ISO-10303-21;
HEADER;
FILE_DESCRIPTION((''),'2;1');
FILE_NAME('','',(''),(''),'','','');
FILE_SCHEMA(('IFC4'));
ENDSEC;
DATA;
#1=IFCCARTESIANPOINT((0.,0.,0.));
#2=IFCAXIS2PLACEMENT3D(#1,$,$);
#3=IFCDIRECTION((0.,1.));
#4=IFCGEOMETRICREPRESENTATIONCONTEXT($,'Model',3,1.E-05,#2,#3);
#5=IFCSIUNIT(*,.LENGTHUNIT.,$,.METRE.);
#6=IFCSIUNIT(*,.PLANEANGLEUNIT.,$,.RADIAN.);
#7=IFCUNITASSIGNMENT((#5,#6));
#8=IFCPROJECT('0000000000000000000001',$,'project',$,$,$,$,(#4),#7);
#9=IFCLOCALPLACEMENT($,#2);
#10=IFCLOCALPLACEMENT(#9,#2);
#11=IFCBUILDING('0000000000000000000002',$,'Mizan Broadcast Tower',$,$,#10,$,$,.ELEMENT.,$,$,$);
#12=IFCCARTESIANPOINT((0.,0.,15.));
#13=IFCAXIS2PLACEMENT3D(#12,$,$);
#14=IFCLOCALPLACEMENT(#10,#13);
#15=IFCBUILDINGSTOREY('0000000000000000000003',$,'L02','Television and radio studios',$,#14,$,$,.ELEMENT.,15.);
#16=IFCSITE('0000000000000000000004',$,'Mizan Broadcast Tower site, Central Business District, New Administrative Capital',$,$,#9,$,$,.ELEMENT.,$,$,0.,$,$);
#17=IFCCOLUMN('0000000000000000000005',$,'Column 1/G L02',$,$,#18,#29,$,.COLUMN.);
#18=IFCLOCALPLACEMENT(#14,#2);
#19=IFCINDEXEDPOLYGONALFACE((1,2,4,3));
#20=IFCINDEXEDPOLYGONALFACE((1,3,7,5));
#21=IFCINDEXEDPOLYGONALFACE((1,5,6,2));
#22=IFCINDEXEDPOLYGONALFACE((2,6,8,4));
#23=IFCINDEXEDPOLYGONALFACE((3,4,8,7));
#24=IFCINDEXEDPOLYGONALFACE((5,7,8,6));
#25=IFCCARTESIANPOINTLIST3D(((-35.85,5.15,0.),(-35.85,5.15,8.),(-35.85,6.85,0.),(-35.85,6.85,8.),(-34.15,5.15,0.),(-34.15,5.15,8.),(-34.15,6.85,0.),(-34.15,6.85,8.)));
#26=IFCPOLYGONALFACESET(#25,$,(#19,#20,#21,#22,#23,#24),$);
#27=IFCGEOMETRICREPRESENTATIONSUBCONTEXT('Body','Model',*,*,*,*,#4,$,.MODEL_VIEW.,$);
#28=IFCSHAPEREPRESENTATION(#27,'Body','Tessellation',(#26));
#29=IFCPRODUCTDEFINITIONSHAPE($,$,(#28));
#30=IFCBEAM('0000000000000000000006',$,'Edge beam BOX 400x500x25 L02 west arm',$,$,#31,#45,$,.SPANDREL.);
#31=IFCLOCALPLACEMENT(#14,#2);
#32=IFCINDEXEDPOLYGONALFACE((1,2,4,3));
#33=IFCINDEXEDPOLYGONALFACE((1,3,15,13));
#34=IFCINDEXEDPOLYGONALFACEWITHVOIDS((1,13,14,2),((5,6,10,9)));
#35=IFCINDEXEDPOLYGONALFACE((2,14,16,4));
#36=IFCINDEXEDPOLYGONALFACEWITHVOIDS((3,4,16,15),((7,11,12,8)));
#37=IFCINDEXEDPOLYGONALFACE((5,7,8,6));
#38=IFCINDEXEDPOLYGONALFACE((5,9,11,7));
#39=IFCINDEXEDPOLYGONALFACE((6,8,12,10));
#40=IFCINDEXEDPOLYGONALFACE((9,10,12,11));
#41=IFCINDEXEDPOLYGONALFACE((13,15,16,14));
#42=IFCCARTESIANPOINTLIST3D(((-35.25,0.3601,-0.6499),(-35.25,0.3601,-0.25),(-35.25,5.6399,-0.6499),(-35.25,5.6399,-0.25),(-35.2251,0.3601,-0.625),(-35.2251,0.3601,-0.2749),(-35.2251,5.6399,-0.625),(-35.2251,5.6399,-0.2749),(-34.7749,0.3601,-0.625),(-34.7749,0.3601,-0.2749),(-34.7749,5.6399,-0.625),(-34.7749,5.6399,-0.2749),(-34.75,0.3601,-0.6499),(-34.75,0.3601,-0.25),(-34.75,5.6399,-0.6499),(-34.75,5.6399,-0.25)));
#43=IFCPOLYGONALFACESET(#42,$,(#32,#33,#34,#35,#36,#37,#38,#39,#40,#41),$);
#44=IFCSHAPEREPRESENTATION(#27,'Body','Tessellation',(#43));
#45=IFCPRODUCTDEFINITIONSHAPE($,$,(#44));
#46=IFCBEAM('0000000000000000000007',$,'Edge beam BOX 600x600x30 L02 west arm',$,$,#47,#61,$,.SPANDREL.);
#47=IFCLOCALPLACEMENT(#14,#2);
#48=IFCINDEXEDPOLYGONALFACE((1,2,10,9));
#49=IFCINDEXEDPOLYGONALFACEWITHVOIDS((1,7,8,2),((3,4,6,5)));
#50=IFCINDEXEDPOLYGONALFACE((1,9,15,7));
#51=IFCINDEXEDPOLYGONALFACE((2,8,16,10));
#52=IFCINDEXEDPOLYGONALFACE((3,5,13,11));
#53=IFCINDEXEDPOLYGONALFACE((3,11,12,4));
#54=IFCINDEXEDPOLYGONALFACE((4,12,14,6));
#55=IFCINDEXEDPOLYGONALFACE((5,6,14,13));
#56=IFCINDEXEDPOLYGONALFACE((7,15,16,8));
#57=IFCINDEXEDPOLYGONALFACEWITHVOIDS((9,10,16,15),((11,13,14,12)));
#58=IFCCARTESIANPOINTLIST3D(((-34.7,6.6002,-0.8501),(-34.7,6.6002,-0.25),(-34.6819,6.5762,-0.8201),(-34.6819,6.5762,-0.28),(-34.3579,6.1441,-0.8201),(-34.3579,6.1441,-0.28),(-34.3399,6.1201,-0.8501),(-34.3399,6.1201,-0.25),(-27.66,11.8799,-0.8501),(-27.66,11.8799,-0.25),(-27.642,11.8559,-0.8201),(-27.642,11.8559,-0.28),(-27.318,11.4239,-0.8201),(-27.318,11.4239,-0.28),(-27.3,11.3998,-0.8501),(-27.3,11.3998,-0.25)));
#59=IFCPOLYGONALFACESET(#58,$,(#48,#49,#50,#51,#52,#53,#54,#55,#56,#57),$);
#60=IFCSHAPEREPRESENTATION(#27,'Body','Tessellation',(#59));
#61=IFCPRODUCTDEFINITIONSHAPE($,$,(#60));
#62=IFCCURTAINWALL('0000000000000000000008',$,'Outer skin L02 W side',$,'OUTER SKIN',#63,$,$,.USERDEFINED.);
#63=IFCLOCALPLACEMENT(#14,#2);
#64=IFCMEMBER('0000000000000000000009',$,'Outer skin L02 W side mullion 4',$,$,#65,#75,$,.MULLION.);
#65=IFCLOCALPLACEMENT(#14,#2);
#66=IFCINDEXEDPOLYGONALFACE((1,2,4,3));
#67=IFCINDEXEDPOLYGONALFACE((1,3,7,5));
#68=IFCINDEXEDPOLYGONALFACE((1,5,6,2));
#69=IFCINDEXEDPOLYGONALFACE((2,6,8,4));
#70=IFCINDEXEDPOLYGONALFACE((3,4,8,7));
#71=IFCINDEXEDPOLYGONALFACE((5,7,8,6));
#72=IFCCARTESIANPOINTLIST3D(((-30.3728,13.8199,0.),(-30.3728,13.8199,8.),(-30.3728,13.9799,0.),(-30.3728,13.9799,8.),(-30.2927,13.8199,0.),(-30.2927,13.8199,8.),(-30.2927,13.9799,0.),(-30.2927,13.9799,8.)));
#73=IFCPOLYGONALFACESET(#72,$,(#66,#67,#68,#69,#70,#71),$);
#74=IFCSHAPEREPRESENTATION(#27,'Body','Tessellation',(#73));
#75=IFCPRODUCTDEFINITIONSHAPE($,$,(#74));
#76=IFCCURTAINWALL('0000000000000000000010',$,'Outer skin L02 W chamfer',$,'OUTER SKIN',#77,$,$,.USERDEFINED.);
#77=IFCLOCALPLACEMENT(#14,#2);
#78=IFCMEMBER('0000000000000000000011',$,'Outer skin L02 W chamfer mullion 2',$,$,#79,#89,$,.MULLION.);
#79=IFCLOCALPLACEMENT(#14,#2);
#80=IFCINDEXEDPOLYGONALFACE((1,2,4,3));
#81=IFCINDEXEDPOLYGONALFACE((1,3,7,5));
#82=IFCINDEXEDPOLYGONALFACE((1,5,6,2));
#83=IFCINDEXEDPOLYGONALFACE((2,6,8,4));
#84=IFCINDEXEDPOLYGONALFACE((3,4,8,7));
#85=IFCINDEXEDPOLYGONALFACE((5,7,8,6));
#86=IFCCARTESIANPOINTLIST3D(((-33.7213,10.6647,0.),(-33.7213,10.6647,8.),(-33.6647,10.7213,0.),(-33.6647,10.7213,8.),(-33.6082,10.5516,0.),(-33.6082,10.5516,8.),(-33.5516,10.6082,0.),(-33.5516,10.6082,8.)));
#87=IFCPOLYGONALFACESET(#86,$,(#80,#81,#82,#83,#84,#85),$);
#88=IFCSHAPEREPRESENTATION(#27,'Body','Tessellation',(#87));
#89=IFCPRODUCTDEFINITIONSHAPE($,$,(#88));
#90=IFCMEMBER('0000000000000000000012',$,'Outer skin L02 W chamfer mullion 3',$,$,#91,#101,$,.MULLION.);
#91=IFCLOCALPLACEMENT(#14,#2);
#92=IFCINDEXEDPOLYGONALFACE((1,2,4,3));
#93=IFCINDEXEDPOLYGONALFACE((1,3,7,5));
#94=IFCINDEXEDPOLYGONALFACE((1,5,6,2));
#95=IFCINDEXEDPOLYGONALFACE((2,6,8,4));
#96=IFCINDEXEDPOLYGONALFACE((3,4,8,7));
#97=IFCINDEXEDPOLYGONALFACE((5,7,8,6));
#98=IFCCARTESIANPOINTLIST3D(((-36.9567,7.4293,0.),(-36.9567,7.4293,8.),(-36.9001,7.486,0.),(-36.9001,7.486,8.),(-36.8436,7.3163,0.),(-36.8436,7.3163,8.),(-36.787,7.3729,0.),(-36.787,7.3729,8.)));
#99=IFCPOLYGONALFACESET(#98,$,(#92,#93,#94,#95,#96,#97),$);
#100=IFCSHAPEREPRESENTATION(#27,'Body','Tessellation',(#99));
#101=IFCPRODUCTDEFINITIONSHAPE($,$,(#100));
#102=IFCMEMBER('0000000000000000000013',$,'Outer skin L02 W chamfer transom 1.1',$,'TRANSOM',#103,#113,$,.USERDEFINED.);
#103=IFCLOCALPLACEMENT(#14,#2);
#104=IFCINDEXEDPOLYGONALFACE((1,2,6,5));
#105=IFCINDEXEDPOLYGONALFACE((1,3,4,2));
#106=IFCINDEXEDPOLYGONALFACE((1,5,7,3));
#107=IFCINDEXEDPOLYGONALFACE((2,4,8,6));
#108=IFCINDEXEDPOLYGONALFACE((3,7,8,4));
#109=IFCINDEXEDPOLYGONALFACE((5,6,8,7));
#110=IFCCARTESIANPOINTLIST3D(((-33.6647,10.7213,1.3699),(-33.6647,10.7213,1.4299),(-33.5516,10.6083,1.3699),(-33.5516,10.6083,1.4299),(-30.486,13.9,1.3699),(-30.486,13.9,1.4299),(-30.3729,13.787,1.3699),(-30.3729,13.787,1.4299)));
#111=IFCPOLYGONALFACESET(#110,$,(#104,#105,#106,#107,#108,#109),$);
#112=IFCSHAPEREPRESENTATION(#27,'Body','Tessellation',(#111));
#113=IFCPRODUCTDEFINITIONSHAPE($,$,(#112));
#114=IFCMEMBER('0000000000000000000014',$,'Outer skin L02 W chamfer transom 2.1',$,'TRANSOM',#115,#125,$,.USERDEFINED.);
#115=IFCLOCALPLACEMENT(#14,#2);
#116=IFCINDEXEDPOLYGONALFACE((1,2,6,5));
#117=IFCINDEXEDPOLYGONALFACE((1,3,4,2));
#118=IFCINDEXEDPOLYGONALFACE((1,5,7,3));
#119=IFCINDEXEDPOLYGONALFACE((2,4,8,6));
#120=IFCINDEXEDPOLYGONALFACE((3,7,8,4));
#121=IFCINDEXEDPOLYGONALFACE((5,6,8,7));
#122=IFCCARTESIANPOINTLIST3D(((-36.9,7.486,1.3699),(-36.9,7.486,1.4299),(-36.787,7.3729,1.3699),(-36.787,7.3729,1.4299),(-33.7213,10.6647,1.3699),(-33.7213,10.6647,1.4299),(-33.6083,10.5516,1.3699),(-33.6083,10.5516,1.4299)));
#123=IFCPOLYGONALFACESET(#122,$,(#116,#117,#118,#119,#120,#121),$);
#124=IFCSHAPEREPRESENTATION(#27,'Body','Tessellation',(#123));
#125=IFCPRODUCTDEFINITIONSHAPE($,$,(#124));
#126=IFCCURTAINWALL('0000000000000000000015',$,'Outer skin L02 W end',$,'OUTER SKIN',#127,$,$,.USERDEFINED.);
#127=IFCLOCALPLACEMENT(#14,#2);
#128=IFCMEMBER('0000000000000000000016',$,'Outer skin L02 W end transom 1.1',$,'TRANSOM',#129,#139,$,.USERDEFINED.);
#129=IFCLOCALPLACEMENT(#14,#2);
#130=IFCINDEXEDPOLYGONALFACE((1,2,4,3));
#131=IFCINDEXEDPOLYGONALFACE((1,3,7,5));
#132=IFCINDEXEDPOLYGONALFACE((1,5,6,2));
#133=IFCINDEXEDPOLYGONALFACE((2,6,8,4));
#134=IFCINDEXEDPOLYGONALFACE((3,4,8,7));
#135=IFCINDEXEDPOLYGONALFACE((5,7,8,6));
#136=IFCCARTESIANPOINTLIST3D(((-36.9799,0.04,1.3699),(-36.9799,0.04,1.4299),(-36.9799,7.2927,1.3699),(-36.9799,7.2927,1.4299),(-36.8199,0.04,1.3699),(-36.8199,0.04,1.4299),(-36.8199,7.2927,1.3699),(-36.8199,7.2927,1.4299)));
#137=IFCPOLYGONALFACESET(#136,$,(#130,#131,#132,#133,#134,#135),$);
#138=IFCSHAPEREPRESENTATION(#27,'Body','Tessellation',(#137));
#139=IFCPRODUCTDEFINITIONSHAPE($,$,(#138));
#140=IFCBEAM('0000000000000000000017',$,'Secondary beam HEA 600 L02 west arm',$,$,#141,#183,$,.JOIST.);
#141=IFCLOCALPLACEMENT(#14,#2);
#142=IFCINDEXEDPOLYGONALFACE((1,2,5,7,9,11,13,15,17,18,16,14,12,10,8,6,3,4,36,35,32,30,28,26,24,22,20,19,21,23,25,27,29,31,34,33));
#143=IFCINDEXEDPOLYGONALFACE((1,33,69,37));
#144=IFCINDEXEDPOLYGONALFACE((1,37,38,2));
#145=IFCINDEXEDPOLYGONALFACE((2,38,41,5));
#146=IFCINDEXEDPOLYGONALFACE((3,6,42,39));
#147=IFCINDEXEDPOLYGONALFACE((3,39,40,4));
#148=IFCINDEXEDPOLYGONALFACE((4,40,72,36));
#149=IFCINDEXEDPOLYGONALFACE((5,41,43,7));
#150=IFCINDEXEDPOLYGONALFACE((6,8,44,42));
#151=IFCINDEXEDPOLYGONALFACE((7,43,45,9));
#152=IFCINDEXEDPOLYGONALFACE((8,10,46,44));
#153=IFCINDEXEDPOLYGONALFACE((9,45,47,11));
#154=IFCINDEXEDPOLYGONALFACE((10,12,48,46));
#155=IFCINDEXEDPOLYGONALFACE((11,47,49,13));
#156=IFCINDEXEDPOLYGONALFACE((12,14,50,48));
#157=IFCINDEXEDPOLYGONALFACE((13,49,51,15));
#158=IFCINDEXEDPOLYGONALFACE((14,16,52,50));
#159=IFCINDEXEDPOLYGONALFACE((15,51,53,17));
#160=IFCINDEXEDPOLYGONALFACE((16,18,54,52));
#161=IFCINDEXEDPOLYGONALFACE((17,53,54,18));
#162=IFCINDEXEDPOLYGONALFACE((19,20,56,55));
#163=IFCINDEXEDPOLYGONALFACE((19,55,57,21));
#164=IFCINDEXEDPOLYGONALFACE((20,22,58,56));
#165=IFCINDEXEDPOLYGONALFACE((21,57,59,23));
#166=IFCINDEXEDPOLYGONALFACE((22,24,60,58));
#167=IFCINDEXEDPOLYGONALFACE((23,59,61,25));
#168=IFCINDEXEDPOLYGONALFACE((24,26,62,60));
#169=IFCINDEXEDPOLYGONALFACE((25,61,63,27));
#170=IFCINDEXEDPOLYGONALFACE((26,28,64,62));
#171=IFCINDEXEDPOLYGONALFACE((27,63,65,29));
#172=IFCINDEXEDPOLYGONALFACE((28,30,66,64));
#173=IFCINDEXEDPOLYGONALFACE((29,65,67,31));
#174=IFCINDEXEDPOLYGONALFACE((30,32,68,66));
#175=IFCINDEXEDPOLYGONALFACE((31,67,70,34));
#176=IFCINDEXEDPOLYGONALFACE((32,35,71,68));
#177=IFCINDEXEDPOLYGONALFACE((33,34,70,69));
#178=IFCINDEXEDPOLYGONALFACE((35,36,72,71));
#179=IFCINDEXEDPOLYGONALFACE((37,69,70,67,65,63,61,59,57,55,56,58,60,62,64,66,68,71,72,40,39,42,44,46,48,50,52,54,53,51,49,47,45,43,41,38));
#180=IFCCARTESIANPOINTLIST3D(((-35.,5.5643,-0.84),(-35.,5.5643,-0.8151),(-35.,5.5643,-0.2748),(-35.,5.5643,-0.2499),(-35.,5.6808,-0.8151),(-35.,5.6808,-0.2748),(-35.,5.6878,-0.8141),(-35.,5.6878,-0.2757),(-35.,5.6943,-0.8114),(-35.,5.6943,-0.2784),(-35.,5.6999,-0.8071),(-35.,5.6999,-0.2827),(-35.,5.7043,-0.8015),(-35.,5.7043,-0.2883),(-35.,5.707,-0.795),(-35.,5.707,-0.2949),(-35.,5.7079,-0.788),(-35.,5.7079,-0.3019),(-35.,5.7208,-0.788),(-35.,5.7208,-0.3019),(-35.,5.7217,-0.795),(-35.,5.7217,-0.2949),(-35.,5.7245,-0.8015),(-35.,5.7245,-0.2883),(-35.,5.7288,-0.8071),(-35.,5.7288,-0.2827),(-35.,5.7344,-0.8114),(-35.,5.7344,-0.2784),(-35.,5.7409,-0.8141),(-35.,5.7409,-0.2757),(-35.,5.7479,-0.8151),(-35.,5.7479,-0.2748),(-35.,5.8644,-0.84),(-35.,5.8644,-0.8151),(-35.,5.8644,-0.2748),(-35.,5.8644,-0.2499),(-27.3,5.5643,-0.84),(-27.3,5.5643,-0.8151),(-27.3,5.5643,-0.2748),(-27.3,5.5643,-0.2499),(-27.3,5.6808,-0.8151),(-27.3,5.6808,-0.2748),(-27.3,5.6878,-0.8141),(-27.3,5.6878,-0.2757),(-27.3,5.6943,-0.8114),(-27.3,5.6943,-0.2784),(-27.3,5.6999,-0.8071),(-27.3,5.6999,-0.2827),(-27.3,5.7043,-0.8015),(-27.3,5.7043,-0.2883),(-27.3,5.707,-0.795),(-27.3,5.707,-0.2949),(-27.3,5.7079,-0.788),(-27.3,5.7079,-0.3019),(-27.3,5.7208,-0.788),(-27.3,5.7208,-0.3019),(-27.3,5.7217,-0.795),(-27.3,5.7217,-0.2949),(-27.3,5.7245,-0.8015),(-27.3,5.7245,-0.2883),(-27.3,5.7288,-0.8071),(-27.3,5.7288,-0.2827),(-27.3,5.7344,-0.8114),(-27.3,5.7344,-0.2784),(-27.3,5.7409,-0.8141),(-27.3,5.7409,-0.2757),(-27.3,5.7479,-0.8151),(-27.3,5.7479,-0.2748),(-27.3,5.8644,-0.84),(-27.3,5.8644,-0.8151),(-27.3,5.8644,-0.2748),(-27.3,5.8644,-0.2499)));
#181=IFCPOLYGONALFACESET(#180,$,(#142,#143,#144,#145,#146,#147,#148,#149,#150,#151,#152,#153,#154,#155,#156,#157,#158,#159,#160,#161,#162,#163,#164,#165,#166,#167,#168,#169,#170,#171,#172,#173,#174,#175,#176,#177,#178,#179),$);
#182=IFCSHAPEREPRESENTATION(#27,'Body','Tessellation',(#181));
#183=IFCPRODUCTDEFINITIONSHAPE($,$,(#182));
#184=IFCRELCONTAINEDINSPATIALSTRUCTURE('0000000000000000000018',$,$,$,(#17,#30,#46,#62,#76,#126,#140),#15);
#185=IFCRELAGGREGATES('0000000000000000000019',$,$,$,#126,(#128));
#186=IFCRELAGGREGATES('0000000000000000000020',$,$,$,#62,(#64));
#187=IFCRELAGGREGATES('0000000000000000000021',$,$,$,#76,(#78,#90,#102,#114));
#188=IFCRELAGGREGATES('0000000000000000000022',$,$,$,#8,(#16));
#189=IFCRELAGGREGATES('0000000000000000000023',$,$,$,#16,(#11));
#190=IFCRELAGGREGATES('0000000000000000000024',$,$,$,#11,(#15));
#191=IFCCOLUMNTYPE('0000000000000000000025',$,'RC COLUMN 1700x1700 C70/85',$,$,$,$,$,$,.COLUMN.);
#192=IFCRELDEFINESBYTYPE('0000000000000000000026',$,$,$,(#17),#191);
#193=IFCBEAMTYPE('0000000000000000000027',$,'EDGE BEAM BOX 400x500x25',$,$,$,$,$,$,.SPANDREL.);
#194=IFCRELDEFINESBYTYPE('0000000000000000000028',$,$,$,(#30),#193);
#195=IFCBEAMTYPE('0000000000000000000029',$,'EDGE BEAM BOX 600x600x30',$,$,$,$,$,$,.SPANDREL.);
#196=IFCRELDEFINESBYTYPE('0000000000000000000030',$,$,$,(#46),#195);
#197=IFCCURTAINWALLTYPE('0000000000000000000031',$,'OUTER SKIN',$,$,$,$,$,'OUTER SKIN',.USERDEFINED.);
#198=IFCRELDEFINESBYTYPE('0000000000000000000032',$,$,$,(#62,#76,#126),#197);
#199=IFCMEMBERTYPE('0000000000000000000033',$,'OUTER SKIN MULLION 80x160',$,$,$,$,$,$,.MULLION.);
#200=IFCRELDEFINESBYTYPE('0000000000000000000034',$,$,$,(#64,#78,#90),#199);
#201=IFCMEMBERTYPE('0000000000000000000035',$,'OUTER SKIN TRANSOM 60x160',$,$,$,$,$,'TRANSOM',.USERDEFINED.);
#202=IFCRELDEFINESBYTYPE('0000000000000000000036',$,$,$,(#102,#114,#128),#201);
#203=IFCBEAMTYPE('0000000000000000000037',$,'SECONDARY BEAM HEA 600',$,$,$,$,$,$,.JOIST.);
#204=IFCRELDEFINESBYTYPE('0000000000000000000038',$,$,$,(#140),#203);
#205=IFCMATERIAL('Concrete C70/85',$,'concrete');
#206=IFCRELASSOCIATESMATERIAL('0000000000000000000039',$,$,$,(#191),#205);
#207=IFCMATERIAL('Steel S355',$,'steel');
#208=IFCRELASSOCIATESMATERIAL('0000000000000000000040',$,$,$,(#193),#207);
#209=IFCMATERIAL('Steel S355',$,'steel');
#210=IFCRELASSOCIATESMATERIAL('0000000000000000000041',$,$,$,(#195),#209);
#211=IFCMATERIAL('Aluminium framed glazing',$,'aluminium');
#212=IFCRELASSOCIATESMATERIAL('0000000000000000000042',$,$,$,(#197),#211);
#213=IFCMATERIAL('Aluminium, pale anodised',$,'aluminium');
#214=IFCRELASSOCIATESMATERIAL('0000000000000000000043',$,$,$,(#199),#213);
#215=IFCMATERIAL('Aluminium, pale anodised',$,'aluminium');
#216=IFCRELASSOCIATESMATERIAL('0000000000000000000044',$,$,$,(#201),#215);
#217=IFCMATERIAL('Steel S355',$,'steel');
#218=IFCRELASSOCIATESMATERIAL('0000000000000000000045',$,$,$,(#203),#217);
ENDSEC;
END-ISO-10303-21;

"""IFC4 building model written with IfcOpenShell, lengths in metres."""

from ifc_helpers import new_model, si_unit, direction, frame, origin, origin_2d, place, context, subcontext, project, spatial, rectangle, hollow_rectangle, i_section, extrude, material, material_profile, profile_set, type_object, element, aggregate, save


model = new_model("IFC4")

# Units and contexts
model_context = context("Model", 3, precision=1e-05, world=origin(), true_north=direction((0.0, 1.0)))
body_context = subcontext(model_context, "Body", "Model", "MODEL_VIEW")
ifc_project = project(units=[si_unit("LENGTHUNIT", "METRE"), si_unit("PLANEANGLEUNIT", "RADIAN")], contexts=[model_context])

# Site, building, storey
site_placement = place(None, origin())
site = spatial("IfcSite", under=ifc_project, at=site_placement, Name="Mizan Broadcast Tower site, Central Business District, New Administrative Capital", CompositionType="ELEMENT", RefElevation=0.0)
building_placement = place(site_placement, origin())
building = spatial("IfcBuilding", under=site, at=building_placement, Name="Mizan Broadcast Tower", CompositionType="ELEMENT")
storey_placement = place(building_placement, frame((0.0, 0.0, 15.0)))
storey = spatial("IfcBuildingStorey", under=building, at=storey_placement, Name="L02", Description="Television and radio studios", CompositionType="ELEMENT", Elevation=15.0)

# Column
ifc_material_1 = material(Name="Concrete C70/85", Category="concrete")
ifc_material_profile_1 = material_profile(ifc_material_1, rectangle(XDim=1.7, YDim=1.7, at=origin_2d()), Name="RC 1700x1700")
ifc_profile_set_1 = profile_set([ifc_material_profile_1], Name="Concrete C70/85")
column_type = type_object("IfcColumnType", Name="RC COLUMN 1700x1700 C70/85", PredefinedType="COLUMN", material=ifc_profile_set_1)
column_placement = place(storey_placement, frame((-35.0, 6.0, 0.0), z_axis=(0.0, 0.0, 1.0), x_axis=(1.0, 0.0, 0.0)))
element("IfcColumn", 1, at=column_placement, inside=storey, type_object=column_type, Name="Column 1/G L02", PredefinedType="COLUMN", context=body_context, shape_type="SweptSolid", body=[
    extrude(rectangle(XDim=1.7, YDim=1.7, at=origin_2d()), origin(), (0.0, 0.0, 1.0), 8.0),
])

# Beams
ifc_material_2 = material(Name="Steel S355", Category="steel")
ifc_material_profile_2 = material_profile(ifc_material_2, hollow_rectangle(XDim=0.5, YDim=0.3999, WallThickness=0.0249, at=origin_2d()), Name="BOX 400x500x25")
ifc_profile_set_2 = profile_set([ifc_material_profile_2], Name="Steel S355")
beam_type_1 = type_object("IfcBeamType", Name="EDGE BEAM BOX 400x500x25", PredefinedType="SPANDREL", material=ifc_profile_set_2)
beam_1_placement = place(storey_placement, frame((-35.0, 5.6399, -0.45), z_axis=(0.0, -1.0, 0.0), x_axis=(1.0, 0.0, 0.0)))
element("IfcBeam", 2, at=beam_1_placement, inside=storey, type_object=beam_type_1, Name="Edge beam BOX 400x500x25 L02 west arm", PredefinedType="SPANDREL", context=body_context, shape_type="SweptSolid", body=[
    extrude(hollow_rectangle(XDim=0.5, YDim=0.3999, WallThickness=0.0249, at=origin_2d()), origin(), (0.0, 0.0, 1.0), 5.2798),
])
ifc_material_3 = material(Name="Steel S355", Category="steel")
ifc_material_profile_3 = material_profile(ifc_material_3, hollow_rectangle(XDim=0.6001, YDim=0.6001, WallThickness=0.03, at=origin_2d()), Name="BOX 600x600x30")
ifc_profile_set_3 = profile_set([ifc_material_profile_3], Name="Steel S355")
beam_type_2 = type_object("IfcBeamType", Name="EDGE BEAM BOX 600x600x30", PredefinedType="SPANDREL", material=ifc_profile_set_3)
beam_2_placement = place(storey_placement, frame((-27.48, 11.6399, -0.55), z_axis=(-0.800013, -0.599982, 0.0), x_axis=(0.599982, -0.800013, 0.0)))
element("IfcBeam", 3, at=beam_2_placement, inside=storey, type_object=beam_type_2, Name="Edge beam BOX 600x600x30 L02 west arm", PredefinedType="SPANDREL", context=body_context, shape_type="SweptSolid", body=[
    extrude(hollow_rectangle(XDim=0.6001, YDim=0.6001, WallThickness=0.03, at=origin_2d()), origin(), (0.0, 0.0, 1.0), 8.7998),
])

# Curtain wall, member
ifc_material_4 = material(Name="Aluminium framed glazing", Category="aluminium")
curtain_wall_type = type_object("IfcCurtainWallType", Name="OUTER SKIN", ElementType="OUTER SKIN", PredefinedType="USERDEFINED", material=ifc_material_4)
curtain_wall_1_placement = place(storey_placement, origin())
curtain_wall_1 = element("IfcCurtainWall", 4, at=curtain_wall_1_placement, inside=storey, type_object=curtain_wall_type, Name="Outer skin L02 W side", ObjectType="OUTER SKIN", PredefinedType="USERDEFINED")
ifc_material_5 = material(Name="Aluminium, pale anodised", Category="aluminium")
ifc_material_profile_4 = material_profile(ifc_material_5, rectangle(XDim=0.1599, YDim=0.0801, at=origin_2d()), Name="MULLION 160x80")
ifc_profile_set_4 = profile_set([ifc_material_profile_4], Name="Aluminium, pale anodised")
member_type_1 = type_object("IfcMemberType", Name="OUTER SKIN MULLION 80x160", PredefinedType="MULLION", material=ifc_profile_set_4)
member_1_placement = place(storey_placement, frame((-30.3328, 13.8999, 0.0), z_axis=(0.0, 0.0, 1.0), x_axis=(0.0, -1.0, 0.0)))
member_1 = element("IfcMember", 5, at=member_1_placement, type_object=member_type_1, Name="Outer skin L02 W side mullion 4", PredefinedType="MULLION", context=body_context, shape_type="SweptSolid", body=[
    extrude(rectangle(XDim=0.1599, YDim=0.0801, at=origin_2d()), origin(), (0.0, 0.0, 1.0), 8.0),
])

# Curtain wall, members
curtain_wall_2_placement = place(storey_placement, origin())
curtain_wall_2 = element("IfcCurtainWall", 6, at=curtain_wall_2_placement, inside=storey, type_object=curtain_wall_type, Name="Outer skin L02 W chamfer", ObjectType="OUTER SKIN", PredefinedType="USERDEFINED")
member_2_placement = place(storey_placement, frame((-33.6365, 10.6365, 0.0), z_axis=(0.0, 0.0, 1.0), x_axis=(0.707107, -0.707107, 0.0)))
member_2 = element("IfcMember", 7, at=member_2_placement, type_object=member_type_1, Name="Outer skin L02 W chamfer mullion 2", PredefinedType="MULLION", context=body_context, shape_type="SweptSolid", body=[
    extrude(rectangle(XDim=0.1599, YDim=0.0801, at=origin_2d()), origin(), (0.0, 0.0, 1.0), 8.0),
])
member_3_placement = place(storey_placement, frame((-36.8718, 7.4011, 0.0), z_axis=(0.0, 0.0, 1.0), x_axis=(0.707107, -0.707107, 0.0)))
member_3 = element("IfcMember", 8, at=member_3_placement, type_object=member_type_1, Name="Outer skin L02 W chamfer mullion 3", PredefinedType="MULLION", context=body_context, shape_type="SweptSolid", body=[
    extrude(rectangle(XDim=0.1599, YDim=0.0801, at=origin_2d()), origin(), (0.0, 0.0, 1.0), 8.0),
])
ifc_material_6 = material(Name="Aluminium, pale anodised", Category="aluminium")
ifc_material_profile_5 = material_profile(ifc_material_6, rectangle(XDim=0.1599, YDim=0.0601, at=origin_2d()), Name="TRANSOM 160x60")
ifc_profile_set_5 = profile_set([ifc_material_profile_5], Name="Aluminium, pale anodised")
member_type_2 = type_object("IfcMemberType", Name="OUTER SKIN TRANSOM 60x160", ElementType="TRANSOM", PredefinedType="USERDEFINED", material=ifc_profile_set_5)
member_4_placement = place(storey_placement, frame((-30.4294, 13.8435, 1.3999), z_axis=(-0.707107, -0.707107, 0.0), x_axis=(0.707107, -0.707107, 0.0)))
member_4 = element("IfcMember", 9, at=member_4_placement, type_object=member_type_2, Name="Outer skin L02 W chamfer transom 1.1", ObjectType="TRANSOM", PredefinedType="USERDEFINED", context=body_context, shape_type="SweptSolid", body=[
    extrude(rectangle(XDim=0.1599, YDim=0.0601, at=origin_2d()), origin(), (0.0, 0.0, 1.0), 4.4954),
])
member_5_placement = place(storey_placement, frame((-33.6648, 10.6082, 1.3999), z_axis=(-0.707107, -0.707107, 0.0), x_axis=(0.707107, -0.707107, 0.0)))
member_5 = element("IfcMember", 10, at=member_5_placement, type_object=member_type_2, Name="Outer skin L02 W chamfer transom 2.1", ObjectType="TRANSOM", PredefinedType="USERDEFINED", context=body_context, shape_type="SweptSolid", body=[
    extrude(rectangle(XDim=0.1599, YDim=0.0601, at=origin_2d()), origin(), (0.0, 0.0, 1.0), 4.4954),
])

# Curtain wall, member
curtain_wall_3_placement = place(storey_placement, origin())
curtain_wall_3 = element("IfcCurtainWall", 11, at=curtain_wall_3_placement, inside=storey, type_object=curtain_wall_type, Name="Outer skin L02 W end", ObjectType="OUTER SKIN", PredefinedType="USERDEFINED")
member_6_placement = place(storey_placement, frame((-36.8999, 7.2927, 1.3999), z_axis=(0.0, -1.0, 0.0), x_axis=(1.0, 0.0, 0.0)))
member_6 = element("IfcMember", 12, at=member_6_placement, type_object=member_type_2, Name="Outer skin L02 W end transom 1.1", ObjectType="TRANSOM", PredefinedType="USERDEFINED", context=body_context, shape_type="SweptSolid", body=[
    extrude(rectangle(XDim=0.1599, YDim=0.0601, at=origin_2d()), origin(), (0.0, 0.0, 1.0), 7.2527),
])
aggregate(curtain_wall_3, [member_6])

# Beam
ifc_material_7 = material(Name="Steel S355", Category="steel")
ifc_material_profile_6 = material_profile(ifc_material_7, i_section(OverallWidth=0.3, OverallDepth=0.5901, WebThickness=0.0129, FlangeThickness=0.0249, FilletRadius=0.0271, at=origin_2d()), Name="HEA 600")
ifc_profile_set_6 = profile_set([ifc_material_profile_6], Name="Steel S355")
beam_type_3 = type_object("IfcBeamType", Name="SECONDARY BEAM HEA 600", PredefinedType="JOIST", material=ifc_profile_set_6)
beam_3_placement = place(storey_placement, frame((-27.3, 5.7144, -0.5449), z_axis=(-1.0, 0.0, 0.0), x_axis=(0.0, -1.0, 0.0)))
element("IfcBeam", 13, at=beam_3_placement, inside=storey, type_object=beam_type_3, Name="Secondary beam HEA 600 L02 west arm", PredefinedType="JOIST", context=body_context, shape_type="SweptSolid", body=[
    extrude(i_section(OverallWidth=0.3, OverallDepth=0.5901, WebThickness=0.0129, FlangeThickness=0.0249, FilletRadius=0.0271, at=origin_2d()), origin(), (0.0, 0.0, 1.0), 7.7),
])

aggregate(curtain_wall_1, [member_1])
aggregate(curtain_wall_2, [member_2, member_3, member_4, member_5])

save(model, "model.ifc")
